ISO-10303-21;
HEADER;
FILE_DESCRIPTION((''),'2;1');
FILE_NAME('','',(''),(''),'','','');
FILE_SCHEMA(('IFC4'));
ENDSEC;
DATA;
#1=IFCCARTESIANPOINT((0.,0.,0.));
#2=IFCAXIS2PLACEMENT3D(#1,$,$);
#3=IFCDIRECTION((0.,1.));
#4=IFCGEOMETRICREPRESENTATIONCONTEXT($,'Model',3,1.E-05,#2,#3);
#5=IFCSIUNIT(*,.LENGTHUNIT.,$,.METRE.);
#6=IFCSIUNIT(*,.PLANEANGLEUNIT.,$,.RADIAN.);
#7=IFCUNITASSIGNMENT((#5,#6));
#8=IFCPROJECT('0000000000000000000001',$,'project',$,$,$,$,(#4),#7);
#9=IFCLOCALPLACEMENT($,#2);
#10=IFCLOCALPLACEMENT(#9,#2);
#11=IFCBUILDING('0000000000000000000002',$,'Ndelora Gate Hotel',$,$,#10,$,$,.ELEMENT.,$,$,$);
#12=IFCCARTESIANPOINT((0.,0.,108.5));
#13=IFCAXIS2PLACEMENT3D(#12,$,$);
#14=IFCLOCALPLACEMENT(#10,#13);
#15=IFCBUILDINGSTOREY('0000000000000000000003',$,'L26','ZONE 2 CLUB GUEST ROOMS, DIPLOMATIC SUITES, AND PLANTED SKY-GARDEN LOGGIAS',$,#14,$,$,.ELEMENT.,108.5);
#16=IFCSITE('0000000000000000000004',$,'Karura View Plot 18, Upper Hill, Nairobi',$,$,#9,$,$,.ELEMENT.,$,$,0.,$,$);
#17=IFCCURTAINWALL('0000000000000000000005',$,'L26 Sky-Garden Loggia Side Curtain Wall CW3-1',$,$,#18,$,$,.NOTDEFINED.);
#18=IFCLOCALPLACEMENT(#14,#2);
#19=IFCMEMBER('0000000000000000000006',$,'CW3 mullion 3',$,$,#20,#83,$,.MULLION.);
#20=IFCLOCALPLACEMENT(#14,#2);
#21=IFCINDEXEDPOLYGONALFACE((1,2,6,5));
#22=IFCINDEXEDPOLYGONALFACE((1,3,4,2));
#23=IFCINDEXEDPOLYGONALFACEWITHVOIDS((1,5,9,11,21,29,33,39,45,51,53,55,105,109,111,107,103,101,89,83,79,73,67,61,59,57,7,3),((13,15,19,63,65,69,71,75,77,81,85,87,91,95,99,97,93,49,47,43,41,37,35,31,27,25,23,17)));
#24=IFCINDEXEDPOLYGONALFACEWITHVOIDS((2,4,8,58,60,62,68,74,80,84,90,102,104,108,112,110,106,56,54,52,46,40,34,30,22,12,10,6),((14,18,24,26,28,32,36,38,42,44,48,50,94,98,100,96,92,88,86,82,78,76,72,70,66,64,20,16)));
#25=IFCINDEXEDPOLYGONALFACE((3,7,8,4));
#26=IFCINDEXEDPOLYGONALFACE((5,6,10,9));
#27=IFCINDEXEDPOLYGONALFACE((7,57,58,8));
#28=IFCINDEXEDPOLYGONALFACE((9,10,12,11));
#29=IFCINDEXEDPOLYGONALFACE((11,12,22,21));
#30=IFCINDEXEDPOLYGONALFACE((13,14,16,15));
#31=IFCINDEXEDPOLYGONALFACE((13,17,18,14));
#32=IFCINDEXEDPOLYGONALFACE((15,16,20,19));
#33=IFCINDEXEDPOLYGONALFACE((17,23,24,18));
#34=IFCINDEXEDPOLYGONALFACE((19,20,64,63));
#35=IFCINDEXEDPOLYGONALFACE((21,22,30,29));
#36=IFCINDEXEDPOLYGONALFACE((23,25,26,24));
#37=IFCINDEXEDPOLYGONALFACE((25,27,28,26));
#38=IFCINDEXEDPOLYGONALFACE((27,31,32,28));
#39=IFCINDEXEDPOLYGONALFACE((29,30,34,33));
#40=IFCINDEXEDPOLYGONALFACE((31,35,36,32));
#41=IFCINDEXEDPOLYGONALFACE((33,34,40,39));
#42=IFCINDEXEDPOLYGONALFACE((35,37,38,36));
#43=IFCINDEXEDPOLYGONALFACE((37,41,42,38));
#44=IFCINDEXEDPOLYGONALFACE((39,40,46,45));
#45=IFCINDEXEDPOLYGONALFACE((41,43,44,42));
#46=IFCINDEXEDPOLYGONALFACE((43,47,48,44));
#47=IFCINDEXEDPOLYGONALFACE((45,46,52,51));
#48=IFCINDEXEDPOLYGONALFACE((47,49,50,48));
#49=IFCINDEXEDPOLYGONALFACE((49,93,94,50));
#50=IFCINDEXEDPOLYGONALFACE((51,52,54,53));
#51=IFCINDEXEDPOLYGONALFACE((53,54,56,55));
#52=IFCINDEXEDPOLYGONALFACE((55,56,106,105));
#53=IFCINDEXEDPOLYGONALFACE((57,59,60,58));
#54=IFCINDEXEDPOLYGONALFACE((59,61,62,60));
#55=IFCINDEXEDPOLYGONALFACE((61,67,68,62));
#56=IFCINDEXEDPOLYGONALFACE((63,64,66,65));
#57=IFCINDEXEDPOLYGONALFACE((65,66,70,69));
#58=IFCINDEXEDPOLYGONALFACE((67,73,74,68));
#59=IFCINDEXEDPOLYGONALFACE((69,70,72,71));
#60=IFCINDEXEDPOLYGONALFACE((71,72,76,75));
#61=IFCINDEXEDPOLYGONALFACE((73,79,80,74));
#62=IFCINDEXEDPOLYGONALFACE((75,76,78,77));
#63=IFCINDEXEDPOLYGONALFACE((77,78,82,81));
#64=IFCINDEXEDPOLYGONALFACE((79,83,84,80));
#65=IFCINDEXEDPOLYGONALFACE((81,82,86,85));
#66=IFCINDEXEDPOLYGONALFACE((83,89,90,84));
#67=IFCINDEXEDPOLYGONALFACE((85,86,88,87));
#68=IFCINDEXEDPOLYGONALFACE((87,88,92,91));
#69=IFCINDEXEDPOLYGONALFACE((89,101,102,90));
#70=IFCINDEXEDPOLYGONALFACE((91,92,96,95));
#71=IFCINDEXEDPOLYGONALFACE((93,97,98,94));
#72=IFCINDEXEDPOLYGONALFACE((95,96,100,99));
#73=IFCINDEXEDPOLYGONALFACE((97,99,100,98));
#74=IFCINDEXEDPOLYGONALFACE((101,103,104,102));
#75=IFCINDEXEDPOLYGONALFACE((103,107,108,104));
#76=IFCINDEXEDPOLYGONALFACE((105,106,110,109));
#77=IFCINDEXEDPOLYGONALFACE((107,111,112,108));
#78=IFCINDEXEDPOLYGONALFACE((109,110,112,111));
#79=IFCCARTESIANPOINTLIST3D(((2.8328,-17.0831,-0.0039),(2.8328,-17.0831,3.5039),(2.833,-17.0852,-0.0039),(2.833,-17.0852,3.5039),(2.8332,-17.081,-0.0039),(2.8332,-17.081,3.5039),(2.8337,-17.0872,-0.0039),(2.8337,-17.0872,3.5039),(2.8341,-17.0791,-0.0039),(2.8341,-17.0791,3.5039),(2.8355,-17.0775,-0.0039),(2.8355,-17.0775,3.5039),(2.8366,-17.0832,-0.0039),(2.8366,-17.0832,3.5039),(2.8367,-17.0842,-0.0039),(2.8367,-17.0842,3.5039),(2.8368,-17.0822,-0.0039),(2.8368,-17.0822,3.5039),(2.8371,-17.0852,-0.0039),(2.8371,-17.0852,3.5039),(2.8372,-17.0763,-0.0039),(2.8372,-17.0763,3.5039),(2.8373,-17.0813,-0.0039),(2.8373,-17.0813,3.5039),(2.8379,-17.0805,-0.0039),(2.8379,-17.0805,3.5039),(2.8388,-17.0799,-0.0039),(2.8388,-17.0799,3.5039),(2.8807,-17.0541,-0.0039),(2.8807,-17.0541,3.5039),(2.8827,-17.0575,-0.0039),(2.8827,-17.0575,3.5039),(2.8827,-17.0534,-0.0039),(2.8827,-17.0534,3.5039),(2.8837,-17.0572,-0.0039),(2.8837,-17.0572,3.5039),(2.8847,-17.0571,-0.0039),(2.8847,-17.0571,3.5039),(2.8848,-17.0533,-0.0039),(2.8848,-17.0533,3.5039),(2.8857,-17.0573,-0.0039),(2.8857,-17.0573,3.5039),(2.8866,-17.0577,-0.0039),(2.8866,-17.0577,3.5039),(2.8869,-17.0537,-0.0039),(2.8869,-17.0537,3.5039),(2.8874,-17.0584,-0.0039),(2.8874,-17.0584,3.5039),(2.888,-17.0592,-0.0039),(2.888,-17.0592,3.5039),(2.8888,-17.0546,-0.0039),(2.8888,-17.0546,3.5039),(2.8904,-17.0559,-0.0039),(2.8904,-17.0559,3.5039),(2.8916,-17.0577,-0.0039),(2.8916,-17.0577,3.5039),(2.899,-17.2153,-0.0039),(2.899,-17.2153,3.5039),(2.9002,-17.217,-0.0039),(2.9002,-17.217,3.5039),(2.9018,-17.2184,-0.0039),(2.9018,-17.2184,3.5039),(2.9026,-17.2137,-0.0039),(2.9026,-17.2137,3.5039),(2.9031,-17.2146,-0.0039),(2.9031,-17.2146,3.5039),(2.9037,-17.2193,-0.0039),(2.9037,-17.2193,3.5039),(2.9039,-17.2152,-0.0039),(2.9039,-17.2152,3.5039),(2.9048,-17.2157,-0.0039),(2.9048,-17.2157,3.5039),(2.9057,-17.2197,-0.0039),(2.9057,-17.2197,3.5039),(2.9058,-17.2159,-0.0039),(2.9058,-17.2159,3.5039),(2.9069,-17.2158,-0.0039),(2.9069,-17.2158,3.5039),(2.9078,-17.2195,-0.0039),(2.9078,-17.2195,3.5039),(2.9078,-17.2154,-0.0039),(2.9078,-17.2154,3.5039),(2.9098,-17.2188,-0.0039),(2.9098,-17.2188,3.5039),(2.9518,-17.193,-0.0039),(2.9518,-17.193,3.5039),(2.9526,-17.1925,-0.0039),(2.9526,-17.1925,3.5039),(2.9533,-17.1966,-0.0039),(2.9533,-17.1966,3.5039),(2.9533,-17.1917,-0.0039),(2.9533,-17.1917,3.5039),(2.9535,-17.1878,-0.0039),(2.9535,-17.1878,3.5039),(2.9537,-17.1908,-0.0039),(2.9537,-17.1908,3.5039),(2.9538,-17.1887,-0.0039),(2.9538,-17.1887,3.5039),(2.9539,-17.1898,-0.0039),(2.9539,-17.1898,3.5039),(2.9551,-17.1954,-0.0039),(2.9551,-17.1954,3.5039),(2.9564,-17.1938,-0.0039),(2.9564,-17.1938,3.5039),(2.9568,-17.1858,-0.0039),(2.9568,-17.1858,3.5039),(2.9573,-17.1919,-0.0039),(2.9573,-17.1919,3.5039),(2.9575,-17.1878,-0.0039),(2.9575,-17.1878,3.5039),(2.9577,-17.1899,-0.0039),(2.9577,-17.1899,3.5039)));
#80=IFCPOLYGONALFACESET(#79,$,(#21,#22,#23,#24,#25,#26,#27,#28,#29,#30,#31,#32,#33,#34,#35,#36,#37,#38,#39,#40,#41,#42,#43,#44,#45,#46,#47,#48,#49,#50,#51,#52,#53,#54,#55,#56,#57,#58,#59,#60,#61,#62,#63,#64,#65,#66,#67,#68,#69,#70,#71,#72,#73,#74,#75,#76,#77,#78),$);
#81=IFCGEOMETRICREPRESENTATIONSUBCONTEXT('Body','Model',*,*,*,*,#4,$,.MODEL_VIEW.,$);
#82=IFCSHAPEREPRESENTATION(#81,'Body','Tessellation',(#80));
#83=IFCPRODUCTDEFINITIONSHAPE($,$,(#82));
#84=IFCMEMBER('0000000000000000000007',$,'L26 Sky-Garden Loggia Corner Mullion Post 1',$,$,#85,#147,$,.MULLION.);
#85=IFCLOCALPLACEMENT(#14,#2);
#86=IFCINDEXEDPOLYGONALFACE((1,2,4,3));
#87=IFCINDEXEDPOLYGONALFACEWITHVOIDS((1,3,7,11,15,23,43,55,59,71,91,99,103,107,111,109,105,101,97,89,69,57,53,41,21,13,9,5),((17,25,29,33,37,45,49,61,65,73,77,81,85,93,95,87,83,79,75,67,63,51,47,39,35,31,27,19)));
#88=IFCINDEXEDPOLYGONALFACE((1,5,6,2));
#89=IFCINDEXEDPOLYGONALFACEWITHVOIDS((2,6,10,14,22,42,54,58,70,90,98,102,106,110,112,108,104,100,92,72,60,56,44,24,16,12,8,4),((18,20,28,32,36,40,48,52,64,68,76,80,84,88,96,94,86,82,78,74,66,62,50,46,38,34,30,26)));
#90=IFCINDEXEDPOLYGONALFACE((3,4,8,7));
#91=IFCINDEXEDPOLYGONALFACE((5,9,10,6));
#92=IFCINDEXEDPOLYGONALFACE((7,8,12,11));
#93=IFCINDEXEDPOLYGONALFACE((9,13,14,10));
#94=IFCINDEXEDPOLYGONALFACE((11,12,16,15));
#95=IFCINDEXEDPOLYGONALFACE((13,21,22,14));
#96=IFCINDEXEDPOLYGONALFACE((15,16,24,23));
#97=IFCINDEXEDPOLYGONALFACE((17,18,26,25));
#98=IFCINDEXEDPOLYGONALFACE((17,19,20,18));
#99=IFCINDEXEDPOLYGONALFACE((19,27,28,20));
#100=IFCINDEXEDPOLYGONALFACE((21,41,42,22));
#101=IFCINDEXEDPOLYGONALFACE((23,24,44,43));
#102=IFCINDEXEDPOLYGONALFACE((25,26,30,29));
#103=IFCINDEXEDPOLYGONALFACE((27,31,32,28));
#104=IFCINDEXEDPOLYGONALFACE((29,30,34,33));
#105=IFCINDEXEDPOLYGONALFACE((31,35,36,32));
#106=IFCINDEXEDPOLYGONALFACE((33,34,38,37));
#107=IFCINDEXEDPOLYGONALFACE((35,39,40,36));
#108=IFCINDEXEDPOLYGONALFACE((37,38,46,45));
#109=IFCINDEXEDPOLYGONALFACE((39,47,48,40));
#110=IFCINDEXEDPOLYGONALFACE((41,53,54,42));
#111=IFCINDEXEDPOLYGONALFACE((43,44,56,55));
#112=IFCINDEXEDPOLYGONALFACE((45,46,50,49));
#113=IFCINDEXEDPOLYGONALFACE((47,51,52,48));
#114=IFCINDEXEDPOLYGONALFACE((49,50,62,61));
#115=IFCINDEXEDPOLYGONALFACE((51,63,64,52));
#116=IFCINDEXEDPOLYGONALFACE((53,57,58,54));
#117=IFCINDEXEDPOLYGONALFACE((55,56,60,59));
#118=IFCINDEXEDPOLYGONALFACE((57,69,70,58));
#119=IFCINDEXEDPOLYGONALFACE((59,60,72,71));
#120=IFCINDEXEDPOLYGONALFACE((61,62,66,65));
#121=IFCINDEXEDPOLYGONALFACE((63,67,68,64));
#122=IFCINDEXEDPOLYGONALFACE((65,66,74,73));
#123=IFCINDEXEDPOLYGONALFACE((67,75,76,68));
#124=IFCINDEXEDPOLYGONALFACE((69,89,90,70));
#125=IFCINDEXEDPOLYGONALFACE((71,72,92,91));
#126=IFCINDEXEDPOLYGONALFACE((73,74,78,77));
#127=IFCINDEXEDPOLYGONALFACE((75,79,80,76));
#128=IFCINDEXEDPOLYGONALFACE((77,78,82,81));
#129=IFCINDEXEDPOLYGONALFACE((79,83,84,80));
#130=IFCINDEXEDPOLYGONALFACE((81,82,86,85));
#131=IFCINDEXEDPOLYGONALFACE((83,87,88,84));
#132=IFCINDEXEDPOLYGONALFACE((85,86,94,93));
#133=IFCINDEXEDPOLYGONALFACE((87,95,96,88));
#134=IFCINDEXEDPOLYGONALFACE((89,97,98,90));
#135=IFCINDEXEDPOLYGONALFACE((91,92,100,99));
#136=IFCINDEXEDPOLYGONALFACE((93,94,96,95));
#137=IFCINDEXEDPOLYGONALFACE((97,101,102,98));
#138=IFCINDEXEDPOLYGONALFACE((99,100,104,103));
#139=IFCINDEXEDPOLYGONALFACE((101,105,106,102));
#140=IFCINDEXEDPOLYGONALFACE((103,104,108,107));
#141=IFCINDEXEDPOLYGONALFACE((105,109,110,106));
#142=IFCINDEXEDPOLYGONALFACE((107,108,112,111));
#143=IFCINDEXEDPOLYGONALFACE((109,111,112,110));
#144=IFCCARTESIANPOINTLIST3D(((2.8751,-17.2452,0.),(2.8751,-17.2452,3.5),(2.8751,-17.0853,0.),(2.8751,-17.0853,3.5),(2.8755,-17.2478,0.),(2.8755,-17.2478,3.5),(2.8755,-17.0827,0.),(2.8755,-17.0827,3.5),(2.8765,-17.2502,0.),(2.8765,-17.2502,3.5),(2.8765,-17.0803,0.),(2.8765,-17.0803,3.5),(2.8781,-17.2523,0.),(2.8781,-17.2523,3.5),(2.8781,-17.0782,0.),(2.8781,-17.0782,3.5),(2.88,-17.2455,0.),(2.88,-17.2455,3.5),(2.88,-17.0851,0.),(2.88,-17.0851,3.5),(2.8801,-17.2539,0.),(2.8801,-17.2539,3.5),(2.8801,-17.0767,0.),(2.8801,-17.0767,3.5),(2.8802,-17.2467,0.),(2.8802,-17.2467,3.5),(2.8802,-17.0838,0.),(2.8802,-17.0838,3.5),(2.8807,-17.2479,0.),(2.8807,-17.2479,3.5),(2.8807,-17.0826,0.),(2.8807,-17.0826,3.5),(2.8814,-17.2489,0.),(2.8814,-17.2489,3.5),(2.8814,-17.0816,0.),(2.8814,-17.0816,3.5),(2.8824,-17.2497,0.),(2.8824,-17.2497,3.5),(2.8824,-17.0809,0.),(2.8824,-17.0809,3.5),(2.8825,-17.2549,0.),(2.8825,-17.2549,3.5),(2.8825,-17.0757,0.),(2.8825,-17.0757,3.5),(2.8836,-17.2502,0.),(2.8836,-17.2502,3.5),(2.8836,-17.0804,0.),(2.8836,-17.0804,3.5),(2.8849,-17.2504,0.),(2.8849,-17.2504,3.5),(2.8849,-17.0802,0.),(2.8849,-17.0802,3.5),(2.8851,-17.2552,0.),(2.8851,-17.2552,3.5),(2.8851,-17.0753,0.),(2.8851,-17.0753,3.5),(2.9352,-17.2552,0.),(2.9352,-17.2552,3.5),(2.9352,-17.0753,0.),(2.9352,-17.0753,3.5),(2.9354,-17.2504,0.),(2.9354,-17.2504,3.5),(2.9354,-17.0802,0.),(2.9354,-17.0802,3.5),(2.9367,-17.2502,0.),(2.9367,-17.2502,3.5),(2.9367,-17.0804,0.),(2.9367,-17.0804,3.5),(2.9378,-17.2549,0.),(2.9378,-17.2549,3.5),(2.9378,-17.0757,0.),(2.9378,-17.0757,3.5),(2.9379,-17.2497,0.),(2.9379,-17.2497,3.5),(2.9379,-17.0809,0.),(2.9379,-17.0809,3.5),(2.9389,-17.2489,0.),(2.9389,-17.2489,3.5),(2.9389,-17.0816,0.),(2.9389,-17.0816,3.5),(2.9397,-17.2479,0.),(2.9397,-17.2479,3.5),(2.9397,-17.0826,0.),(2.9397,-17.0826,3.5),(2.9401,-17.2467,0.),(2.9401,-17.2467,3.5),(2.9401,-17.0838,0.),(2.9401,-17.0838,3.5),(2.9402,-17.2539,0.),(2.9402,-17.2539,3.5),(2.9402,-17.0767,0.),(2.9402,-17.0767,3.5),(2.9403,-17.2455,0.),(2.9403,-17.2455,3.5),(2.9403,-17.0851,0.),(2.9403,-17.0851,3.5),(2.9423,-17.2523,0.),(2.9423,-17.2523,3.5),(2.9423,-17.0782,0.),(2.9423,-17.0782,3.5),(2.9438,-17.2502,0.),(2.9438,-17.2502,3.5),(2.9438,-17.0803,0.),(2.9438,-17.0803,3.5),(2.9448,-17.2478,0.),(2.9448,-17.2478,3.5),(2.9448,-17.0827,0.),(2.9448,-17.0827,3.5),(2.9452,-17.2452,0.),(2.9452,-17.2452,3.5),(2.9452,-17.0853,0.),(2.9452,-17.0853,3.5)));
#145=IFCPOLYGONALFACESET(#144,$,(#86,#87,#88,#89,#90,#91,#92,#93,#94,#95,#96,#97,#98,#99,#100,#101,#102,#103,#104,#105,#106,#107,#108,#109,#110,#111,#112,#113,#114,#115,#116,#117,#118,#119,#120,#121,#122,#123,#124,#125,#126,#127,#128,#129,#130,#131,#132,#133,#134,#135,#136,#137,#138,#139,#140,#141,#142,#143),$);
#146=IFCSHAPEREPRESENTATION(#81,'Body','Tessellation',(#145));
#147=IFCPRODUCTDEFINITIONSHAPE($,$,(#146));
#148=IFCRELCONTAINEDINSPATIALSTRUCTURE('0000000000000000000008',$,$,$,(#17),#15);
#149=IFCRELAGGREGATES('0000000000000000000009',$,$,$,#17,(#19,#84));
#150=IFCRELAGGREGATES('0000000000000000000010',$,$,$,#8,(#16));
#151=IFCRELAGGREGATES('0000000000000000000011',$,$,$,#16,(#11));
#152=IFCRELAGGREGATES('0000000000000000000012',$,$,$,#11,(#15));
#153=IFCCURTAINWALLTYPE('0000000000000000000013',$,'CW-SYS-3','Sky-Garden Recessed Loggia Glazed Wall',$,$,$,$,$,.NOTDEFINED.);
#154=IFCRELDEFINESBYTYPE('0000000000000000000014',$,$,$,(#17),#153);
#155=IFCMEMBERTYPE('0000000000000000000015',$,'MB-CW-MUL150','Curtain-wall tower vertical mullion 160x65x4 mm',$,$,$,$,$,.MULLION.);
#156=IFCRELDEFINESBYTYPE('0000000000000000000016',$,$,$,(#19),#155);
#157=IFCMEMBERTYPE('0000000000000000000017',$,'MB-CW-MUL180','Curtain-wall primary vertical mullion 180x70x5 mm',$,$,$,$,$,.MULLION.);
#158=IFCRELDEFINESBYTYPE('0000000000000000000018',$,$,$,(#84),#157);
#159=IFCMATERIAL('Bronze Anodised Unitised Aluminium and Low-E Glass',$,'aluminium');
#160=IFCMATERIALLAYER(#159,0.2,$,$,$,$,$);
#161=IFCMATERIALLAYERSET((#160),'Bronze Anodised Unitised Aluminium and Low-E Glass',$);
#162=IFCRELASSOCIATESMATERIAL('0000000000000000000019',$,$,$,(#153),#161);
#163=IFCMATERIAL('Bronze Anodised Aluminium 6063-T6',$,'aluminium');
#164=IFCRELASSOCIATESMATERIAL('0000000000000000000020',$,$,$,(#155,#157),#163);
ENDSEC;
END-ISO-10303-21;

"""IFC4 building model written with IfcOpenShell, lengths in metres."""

from ifc_helpers import new_model, si_unit, direction, frame, origin, origin_2d, place, context, subcontext, project, spatial, hollow_rectangle, extrude, material, layer, layer_set, material_profile, profile_set, type_object, element, aggregate, save


model = new_model("IFC4")

# Units and contexts
model_context = context("Model", 3, precision=1e-05, world=origin(), true_north=direction((0.0, 1.0)))
body_context = subcontext(model_context, "Body", "Model", "MODEL_VIEW")
ifc_project = project(units=[si_unit("LENGTHUNIT", "METRE"), si_unit("PLANEANGLEUNIT", "RADIAN")], contexts=[model_context])

# Site, building, storey
site_placement = place(None, origin())
site = spatial("IfcSite", under=ifc_project, at=site_placement, Name="Karura View Plot 18, Upper Hill, Nairobi", CompositionType="ELEMENT", RefElevation=0.0)
building_placement = place(site_placement, origin())
building = spatial("IfcBuilding", under=site, at=building_placement, Name="Ndelora Gate Hotel", CompositionType="ELEMENT")
storey_placement = place(building_placement, frame((0.0, 0.0, 108.5)))
storey = spatial("IfcBuildingStorey", under=building, at=storey_placement, Name="L26", Description="ZONE 2 CLUB GUEST ROOMS, DIPLOMATIC SUITES, AND PLANTED SKY-GARDEN LOGGIAS", CompositionType="ELEMENT", Elevation=108.5)

# Curtain wall, members
ifc_material_1 = material(Name="Bronze Anodised Unitised Aluminium and Low-E Glass", Category="aluminium")
ifc_layer_1 = layer(ifc_material_1, 0.2)
ifc_layer_set_1 = layer_set([ifc_layer_1], Name="Bronze Anodised Unitised Aluminium and Low-E Glass")
curtain_wall_type = type_object("IfcCurtainWallType", Name="CW-SYS-3", Description="Sky-Garden Recessed Loggia Glazed Wall", PredefinedType="NOTDEFINED", material=ifc_layer_set_1)
curtain_wall_placement = place(storey_placement, origin())
curtain_wall = element("IfcCurtainWall", 1, at=curtain_wall_placement, inside=storey, type_object=curtain_wall_type, Name="L26 Sky-Garden Loggia Side Curtain Wall CW3-1", PredefinedType="NOTDEFINED")
ifc_material_2 = material(Name="Bronze Anodised Aluminium 6063-T6", Category="aluminium")
ifc_material_profile_1 = material_profile(ifc_material_2, hollow_rectangle(XDim=0.0649, YDim=0.1599, WallThickness=0.0039, InnerFilletRadius=0.0039, OuterFilletRadius=0.0081, at=origin_2d()), Name="ALU 160x65x4")
ifc_profile_set_1 = profile_set([ifc_material_profile_1], Name="Bronze Anodised Aluminium 6063-T6")
member_type_1 = type_object("IfcMemberType", Name="MB-CW-MUL150", Description="Curtain-wall tower vertical mullion 160x65x4 mm", PredefinedType="MULLION", material=ifc_profile_set_1)
member_1_placement = place(storey_placement, frame((2.8953, -17.1365, -0.0039), z_axis=(0.0, 0.0, 1.0), x_axis=(0.891001, 0.454001, 0.0)))
member_1 = element("IfcMember", 2, at=member_1_placement, type_object=member_type_1, Name="CW3 mullion 3", PredefinedType="MULLION", context=body_context, shape_type="SweptSolid", body=[
    extrude(hollow_rectangle(XDim=0.0649, YDim=0.1599, WallThickness=0.0039, InnerFilletRadius=0.0039, OuterFilletRadius=0.0081, at=origin_2d()), origin(), (0.0, 0.0, 1.0), 3.5078),
])
ifc_material_profile_2 = material_profile(ifc_material_2, hollow_rectangle(XDim=0.0701, YDim=0.1799, WallThickness=0.0049, InnerFilletRadius=0.0049, OuterFilletRadius=0.01, at=origin_2d()), Name="ALU 180x70x5")
ifc_profile_set_2 = profile_set([ifc_material_profile_2], Name="Bronze Anodised Aluminium 6063-T6")
member_type_2 = type_object("IfcMemberType", Name="MB-CW-MUL180", Description="Curtain-wall primary vertical mullion 180x70x5 mm", PredefinedType="MULLION", material=ifc_profile_set_2)
member_2_placement = place(storey_placement, frame((2.9102, -17.1653, 0.0), z_axis=(0.0, 0.0, 1.0), x_axis=(1.0, 0.0, 0.0)))
member_2 = element("IfcMember", 3, at=member_2_placement, type_object=member_type_2, Name="L26 Sky-Garden Loggia Corner Mullion Post 1", PredefinedType="MULLION", context=body_context, shape_type="SweptSolid", body=[
    extrude(hollow_rectangle(XDim=0.0701, YDim=0.1799, WallThickness=0.0049, InnerFilletRadius=0.0049, OuterFilletRadius=0.01, at=origin_2d()), origin(), (0.0, 0.0, 1.0), 3.5),
])
aggregate(curtain_wall, [member_1, member_2])

save(model, "model.ifc")
